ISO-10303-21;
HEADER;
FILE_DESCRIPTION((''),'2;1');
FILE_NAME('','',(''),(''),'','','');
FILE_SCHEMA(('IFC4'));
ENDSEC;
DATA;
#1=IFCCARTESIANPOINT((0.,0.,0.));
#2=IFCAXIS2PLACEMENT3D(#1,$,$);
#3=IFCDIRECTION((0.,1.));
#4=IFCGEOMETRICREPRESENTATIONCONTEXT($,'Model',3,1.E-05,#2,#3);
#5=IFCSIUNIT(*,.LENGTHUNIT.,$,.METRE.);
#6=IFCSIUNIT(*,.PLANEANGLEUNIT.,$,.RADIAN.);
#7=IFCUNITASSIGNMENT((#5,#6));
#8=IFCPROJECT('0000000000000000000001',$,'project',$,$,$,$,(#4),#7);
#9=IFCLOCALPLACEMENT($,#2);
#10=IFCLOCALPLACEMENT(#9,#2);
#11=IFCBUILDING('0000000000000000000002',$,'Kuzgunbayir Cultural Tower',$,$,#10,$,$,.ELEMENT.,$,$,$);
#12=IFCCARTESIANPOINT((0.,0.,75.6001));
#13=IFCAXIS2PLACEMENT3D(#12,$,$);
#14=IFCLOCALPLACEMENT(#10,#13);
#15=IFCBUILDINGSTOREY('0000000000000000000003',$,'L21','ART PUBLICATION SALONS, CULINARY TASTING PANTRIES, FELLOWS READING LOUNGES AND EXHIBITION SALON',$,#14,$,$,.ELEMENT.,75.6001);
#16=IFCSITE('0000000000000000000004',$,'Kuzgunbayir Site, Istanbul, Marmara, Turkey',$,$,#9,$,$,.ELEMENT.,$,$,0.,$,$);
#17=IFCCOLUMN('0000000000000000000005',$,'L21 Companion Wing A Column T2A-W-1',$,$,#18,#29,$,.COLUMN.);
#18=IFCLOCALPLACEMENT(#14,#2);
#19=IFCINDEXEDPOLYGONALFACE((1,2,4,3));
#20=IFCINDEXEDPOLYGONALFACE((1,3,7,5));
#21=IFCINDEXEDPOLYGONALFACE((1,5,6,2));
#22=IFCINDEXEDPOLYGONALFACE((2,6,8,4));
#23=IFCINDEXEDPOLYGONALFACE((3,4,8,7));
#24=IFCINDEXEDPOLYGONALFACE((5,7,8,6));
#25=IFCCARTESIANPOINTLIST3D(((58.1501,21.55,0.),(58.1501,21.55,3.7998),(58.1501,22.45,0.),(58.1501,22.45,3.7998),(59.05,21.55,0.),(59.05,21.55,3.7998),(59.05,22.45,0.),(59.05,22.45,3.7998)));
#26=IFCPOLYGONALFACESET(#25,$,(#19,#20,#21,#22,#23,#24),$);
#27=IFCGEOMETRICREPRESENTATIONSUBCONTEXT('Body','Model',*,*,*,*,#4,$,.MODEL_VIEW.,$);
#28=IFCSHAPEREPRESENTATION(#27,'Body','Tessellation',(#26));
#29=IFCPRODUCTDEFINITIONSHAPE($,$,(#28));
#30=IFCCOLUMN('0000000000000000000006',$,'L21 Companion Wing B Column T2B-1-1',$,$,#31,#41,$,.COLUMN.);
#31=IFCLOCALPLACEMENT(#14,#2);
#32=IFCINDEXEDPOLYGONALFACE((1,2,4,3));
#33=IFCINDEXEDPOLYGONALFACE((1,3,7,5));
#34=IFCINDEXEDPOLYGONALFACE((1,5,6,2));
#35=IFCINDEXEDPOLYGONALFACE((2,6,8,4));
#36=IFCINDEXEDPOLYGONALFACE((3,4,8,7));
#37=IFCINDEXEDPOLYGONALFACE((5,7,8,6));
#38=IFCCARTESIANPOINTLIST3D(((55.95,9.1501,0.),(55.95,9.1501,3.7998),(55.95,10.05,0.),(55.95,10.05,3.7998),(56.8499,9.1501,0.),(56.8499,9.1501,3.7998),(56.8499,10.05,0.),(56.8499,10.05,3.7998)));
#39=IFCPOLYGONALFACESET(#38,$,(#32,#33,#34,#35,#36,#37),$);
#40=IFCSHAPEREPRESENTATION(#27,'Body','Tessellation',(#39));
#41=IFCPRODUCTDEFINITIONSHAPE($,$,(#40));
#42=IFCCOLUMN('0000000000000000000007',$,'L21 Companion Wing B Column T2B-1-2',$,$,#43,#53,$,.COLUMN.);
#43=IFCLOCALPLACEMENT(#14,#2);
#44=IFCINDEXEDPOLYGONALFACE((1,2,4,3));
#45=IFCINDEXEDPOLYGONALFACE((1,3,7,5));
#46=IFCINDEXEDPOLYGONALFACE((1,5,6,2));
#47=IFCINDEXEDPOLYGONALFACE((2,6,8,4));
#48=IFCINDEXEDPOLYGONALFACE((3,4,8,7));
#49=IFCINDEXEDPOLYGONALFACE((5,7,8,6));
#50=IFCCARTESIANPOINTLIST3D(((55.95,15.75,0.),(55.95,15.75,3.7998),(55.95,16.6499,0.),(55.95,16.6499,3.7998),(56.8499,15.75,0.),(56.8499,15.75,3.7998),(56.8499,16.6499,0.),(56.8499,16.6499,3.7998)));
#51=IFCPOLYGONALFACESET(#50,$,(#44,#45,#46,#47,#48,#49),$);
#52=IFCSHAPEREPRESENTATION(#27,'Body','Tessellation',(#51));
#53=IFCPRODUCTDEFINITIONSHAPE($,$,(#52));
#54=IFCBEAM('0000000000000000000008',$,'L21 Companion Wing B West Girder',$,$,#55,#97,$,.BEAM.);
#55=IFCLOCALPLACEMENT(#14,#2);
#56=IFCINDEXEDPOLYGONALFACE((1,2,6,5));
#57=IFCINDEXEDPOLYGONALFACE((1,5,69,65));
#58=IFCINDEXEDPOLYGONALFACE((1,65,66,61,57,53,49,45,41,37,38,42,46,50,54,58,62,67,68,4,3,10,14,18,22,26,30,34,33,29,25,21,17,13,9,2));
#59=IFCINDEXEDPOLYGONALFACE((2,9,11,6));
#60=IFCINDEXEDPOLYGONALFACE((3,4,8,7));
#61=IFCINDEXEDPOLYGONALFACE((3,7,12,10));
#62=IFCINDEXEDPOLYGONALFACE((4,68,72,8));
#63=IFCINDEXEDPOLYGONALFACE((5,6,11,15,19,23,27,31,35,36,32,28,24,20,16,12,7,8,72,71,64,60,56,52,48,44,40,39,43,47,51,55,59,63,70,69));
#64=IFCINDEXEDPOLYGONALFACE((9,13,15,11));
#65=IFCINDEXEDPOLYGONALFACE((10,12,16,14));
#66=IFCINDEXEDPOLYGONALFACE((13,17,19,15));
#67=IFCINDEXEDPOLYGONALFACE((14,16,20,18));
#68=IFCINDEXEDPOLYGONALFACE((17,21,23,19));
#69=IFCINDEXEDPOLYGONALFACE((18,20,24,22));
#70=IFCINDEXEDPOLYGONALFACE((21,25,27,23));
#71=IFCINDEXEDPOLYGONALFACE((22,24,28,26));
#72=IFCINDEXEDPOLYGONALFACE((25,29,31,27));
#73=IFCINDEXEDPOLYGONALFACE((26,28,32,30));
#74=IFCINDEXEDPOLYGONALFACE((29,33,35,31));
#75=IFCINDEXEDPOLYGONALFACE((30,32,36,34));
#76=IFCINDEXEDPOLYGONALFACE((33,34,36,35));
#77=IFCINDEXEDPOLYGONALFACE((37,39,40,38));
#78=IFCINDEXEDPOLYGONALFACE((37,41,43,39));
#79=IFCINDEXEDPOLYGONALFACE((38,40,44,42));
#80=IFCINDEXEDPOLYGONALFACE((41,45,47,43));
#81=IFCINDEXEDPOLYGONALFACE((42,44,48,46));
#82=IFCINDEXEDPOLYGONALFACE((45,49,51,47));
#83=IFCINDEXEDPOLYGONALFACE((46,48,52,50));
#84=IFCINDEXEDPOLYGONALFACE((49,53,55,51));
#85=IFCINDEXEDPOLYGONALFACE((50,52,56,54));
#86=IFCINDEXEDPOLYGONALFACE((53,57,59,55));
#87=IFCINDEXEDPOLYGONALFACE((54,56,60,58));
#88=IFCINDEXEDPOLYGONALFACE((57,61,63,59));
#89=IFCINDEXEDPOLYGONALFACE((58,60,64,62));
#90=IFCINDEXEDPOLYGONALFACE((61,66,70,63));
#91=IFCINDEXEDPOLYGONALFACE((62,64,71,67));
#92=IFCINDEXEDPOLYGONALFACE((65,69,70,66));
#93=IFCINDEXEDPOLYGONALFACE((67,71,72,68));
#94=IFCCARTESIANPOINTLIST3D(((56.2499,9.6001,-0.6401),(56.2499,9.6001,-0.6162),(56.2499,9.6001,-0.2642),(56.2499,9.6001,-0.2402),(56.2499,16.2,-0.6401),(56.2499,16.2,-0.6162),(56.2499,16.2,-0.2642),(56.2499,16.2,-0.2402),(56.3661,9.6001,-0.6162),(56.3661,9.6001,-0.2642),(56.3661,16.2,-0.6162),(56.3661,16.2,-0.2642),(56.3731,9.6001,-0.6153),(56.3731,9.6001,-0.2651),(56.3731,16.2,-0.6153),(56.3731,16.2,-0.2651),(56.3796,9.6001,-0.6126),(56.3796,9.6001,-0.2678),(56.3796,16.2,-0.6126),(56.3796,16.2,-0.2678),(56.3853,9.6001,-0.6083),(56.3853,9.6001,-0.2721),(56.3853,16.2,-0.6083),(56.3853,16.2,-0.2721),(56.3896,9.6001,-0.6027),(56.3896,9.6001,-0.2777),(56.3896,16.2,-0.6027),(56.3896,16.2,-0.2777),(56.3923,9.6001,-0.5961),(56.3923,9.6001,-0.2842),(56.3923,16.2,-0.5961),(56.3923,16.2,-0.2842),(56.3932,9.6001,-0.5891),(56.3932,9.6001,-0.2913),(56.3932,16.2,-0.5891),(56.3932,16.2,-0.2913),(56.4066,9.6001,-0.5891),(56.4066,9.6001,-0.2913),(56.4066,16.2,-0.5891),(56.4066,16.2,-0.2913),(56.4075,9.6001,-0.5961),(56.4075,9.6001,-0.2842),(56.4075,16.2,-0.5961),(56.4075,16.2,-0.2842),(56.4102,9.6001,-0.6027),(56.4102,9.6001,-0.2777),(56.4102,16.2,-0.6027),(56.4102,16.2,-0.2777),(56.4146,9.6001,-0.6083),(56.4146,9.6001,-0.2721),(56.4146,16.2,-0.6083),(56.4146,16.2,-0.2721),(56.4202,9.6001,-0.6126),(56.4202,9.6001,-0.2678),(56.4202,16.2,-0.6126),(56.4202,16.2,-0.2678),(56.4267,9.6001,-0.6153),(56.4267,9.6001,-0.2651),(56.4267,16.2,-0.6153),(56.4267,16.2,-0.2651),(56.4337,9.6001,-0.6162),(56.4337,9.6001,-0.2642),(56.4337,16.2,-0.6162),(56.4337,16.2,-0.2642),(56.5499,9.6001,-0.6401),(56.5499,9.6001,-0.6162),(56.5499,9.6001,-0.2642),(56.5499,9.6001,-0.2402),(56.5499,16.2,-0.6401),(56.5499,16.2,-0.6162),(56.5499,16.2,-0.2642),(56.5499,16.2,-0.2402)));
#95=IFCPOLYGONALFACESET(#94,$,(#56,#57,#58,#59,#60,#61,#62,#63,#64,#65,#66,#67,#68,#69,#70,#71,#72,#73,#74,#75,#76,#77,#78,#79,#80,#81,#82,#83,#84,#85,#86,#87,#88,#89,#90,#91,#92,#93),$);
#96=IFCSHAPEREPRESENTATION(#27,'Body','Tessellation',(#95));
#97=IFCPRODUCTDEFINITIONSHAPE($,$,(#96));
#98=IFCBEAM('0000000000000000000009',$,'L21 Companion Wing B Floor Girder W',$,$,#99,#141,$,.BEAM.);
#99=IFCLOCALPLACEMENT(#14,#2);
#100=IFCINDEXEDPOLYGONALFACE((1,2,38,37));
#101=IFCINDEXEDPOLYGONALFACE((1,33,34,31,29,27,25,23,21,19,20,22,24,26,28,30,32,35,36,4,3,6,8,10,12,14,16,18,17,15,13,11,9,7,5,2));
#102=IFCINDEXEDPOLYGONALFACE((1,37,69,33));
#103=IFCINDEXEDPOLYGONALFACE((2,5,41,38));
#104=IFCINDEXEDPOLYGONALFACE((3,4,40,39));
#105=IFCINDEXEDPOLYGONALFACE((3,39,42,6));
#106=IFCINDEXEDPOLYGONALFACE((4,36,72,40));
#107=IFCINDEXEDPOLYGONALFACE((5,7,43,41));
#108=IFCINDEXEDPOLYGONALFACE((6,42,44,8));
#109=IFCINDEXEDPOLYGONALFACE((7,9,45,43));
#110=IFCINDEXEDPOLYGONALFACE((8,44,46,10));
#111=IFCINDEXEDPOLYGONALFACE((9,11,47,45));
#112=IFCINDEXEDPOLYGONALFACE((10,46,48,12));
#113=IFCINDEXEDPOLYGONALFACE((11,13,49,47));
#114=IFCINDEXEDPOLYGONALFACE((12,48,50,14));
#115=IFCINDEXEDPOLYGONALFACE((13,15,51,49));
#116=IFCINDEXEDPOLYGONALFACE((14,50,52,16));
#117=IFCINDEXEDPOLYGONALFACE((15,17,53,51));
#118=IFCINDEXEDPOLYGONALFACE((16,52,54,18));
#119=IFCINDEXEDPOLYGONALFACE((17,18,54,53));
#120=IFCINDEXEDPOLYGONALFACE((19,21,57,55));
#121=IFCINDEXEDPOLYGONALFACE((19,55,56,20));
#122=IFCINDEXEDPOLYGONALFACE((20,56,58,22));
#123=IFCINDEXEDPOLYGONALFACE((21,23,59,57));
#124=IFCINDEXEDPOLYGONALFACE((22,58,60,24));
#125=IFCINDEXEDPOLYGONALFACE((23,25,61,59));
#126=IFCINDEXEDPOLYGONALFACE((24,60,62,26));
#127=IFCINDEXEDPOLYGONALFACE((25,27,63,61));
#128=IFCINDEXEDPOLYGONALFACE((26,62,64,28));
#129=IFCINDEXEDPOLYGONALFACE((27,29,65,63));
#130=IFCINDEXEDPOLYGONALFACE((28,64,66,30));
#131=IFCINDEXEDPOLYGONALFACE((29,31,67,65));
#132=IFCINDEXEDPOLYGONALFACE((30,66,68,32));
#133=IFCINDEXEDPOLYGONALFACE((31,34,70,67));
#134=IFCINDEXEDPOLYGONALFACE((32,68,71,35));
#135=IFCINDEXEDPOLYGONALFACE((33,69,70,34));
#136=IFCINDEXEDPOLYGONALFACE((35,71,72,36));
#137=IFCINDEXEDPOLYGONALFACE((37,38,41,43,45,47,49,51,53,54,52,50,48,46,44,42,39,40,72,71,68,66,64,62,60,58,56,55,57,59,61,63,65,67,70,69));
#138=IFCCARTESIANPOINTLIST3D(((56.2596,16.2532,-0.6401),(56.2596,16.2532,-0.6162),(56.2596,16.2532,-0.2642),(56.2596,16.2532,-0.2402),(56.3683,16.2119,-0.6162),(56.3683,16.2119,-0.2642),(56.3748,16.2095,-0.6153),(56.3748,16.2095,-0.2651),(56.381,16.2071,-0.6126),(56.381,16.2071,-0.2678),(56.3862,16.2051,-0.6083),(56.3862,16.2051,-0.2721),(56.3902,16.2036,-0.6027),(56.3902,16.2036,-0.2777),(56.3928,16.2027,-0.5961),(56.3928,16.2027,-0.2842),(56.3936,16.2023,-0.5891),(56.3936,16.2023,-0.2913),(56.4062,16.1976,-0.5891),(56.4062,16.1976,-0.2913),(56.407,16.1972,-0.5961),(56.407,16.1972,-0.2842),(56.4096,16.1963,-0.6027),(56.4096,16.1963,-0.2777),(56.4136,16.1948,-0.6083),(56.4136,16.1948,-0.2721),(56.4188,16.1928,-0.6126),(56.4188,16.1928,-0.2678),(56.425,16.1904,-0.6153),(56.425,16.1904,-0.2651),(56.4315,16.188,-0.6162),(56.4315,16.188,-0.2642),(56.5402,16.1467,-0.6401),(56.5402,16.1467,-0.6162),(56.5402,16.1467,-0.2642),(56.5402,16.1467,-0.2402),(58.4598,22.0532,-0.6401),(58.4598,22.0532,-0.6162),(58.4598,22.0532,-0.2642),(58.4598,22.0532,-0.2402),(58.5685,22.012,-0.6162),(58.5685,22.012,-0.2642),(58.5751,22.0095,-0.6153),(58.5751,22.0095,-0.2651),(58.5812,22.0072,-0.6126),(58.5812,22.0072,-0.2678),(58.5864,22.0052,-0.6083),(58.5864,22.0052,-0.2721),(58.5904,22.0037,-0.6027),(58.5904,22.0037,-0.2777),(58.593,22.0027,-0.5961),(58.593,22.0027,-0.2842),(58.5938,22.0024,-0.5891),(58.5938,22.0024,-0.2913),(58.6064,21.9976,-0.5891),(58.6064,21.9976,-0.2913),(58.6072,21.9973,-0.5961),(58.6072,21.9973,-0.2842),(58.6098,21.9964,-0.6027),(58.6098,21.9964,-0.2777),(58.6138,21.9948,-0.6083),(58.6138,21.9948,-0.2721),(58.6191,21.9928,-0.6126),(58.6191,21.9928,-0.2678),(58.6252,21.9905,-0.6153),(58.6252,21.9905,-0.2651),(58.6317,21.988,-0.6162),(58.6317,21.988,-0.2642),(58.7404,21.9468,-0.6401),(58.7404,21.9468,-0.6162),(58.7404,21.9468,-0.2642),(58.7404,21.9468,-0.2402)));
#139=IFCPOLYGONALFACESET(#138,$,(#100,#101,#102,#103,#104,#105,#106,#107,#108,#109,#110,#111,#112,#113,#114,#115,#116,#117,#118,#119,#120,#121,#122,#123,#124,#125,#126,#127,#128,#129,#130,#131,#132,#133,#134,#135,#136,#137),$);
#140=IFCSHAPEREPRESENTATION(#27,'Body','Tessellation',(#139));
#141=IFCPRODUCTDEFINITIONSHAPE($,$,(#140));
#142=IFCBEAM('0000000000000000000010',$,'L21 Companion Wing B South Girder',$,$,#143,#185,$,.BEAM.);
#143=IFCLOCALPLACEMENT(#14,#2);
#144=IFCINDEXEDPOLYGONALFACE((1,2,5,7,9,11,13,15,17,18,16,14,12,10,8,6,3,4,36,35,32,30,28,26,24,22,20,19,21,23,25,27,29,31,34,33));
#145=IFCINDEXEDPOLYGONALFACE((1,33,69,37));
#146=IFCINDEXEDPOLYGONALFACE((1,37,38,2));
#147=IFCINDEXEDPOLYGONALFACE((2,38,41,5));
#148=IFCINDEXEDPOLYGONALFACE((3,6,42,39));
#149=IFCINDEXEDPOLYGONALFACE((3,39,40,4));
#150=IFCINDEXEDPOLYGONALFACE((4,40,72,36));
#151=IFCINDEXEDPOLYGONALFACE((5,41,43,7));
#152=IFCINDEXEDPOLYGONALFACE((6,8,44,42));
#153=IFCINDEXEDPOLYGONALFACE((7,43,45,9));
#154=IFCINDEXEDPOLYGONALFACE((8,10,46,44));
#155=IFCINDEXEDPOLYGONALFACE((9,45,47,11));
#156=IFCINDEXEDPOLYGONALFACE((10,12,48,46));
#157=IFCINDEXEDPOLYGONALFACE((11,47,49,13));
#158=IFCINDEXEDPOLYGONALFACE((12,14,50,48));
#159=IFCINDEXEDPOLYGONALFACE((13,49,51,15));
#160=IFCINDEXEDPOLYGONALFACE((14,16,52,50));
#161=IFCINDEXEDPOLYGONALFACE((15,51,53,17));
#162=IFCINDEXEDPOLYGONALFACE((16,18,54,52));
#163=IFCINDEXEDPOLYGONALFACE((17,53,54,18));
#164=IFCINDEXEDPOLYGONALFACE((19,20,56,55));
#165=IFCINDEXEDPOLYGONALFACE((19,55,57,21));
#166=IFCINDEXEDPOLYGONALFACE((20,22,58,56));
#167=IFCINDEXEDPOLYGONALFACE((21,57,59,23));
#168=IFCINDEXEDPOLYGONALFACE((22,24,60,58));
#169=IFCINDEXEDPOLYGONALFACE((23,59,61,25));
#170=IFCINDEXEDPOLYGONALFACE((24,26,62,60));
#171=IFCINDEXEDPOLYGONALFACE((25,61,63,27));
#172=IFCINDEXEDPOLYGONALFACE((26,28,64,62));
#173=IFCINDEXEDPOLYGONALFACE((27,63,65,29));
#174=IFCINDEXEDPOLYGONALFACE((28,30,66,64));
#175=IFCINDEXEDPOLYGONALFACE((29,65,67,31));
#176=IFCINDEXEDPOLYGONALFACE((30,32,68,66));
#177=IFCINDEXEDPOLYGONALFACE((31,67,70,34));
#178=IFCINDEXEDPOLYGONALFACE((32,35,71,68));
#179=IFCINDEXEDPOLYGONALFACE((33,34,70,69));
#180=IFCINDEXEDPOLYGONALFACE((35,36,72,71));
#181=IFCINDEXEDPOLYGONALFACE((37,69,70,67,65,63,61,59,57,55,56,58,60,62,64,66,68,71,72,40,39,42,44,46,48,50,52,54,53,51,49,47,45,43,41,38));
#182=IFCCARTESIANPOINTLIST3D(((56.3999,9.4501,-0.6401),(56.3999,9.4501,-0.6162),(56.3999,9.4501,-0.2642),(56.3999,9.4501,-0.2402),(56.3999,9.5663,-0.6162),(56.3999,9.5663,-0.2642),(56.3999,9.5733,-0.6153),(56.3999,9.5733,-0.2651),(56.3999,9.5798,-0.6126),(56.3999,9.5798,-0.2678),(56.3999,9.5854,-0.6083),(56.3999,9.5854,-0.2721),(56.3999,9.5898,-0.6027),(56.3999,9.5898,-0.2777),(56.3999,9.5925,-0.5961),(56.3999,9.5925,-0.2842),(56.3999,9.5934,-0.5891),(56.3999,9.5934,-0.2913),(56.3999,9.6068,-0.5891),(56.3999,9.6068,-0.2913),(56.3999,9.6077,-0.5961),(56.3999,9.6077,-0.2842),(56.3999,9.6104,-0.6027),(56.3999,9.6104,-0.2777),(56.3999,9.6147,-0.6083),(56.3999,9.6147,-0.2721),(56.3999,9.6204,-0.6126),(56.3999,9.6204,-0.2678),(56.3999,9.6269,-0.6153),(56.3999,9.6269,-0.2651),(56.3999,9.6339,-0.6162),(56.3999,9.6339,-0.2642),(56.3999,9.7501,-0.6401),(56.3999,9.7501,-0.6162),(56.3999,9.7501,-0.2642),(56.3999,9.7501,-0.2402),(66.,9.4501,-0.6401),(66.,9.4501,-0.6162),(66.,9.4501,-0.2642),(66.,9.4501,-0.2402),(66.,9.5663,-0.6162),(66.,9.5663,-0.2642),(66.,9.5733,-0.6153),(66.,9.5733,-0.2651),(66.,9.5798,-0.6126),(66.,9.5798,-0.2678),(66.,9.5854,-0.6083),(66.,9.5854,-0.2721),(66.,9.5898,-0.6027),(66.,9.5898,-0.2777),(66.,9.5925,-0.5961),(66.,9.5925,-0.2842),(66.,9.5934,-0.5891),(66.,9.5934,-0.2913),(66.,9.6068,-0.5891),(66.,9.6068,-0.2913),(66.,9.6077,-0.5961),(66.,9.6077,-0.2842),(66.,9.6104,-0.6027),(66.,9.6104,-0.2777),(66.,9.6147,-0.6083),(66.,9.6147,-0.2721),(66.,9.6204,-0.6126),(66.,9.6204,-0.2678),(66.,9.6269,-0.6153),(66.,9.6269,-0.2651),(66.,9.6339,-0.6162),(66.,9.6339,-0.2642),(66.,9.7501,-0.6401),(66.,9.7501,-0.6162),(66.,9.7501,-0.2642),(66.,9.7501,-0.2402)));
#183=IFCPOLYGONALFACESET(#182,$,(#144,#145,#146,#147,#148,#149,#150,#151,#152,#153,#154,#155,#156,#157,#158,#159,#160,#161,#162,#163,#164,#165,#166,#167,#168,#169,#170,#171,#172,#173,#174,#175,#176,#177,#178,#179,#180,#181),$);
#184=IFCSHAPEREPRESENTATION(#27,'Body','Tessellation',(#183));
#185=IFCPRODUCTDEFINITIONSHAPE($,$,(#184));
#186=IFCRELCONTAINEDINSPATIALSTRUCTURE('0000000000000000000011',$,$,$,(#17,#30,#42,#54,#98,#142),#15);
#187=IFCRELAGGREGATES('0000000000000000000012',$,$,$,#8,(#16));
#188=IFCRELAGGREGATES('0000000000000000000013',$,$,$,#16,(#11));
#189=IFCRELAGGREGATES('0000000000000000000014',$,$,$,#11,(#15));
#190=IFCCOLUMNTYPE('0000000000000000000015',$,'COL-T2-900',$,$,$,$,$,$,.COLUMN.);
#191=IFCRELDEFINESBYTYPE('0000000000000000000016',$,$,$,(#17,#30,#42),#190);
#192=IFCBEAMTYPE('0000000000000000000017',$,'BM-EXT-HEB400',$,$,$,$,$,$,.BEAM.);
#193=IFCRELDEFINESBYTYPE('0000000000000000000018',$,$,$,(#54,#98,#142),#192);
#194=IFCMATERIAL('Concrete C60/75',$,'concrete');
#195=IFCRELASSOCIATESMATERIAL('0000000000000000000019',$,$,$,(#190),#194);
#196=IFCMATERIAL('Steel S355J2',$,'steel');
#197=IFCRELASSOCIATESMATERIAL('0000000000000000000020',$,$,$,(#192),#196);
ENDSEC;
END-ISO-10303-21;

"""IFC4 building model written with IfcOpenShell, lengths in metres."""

from ifc_helpers import new_model, si_unit, direction, frame, origin, origin_2d, place, context, subcontext, project, spatial, rectangle, i_section, extrude, material, material_profile, profile_set, type_object, element, save


model = new_model("IFC4")

# Units and contexts
model_context = context("Model", 3, precision=1e-05, world=origin(), true_north=direction((0.0, 1.0)))
body_context = subcontext(model_context, "Body", "Model", "MODEL_VIEW")
ifc_project = project(units=[si_unit("LENGTHUNIT", "METRE"), si_unit("PLANEANGLEUNIT", "RADIAN")], contexts=[model_context])

# Site, building, storey
site_placement = place(None, origin())
site = spatial("IfcSite", under=ifc_project, at=site_placement, Name="Kuzgunbayir Site, Istanbul, Marmara, Turkey", CompositionType="ELEMENT", RefElevation=0.0)
building_placement = place(site_placement, origin())
building = spatial("IfcBuilding", under=site, at=building_placement, Name="Kuzgunbayir Cultural Tower", CompositionType="ELEMENT")
storey_placement = place(building_placement, frame((0.0, 0.0, 75.6001)))
storey = spatial("IfcBuildingStorey", under=building, at=storey_placement, Name="L21", Description="ART PUBLICATION SALONS, CULINARY TASTING PANTRIES, FELLOWS READING LOUNGES AND EXHIBITION SALON", CompositionType="ELEMENT", Elevation=75.6001)

# Columns
ifc_material_1 = material(Name="Concrete C60/75", Category="concrete")
ifc_material_profile_1 = material_profile(ifc_material_1, rectangle(XDim=0.8999, YDim=0.8999, at=origin_2d()), Name="RC 900x900")
ifc_profile_set_1 = profile_set([ifc_material_profile_1], Name="Concrete C60/75")
column_type = type_object("IfcColumnType", Name="COL-T2-900", PredefinedType="COLUMN", material=ifc_profile_set_1)
for number, where, z_axis, x_axis, name in (
    (1, (58.6001, 22.0, 0.0), (0.0, 0.0, 1.0), (1.0, 0.0, 0.0), "L21 Companion Wing A Column T2A-W-1"),
    (2, (56.3999, 9.6001, 0.0), (0.0, 0.0, 1.0), (1.0, 0.0, 0.0), "L21 Companion Wing B Column T2B-1-1"),
    (3, (56.3999, 16.2, 0.0), (0.0, 0.0, 1.0), (1.0, 0.0, 0.0), "L21 Companion Wing B Column T2B-1-2"),
):
    element("IfcColumn", number, at=place(storey_placement, frame(where, z_axis=z_axis, x_axis=x_axis)), inside=storey, type_object=column_type, Name=name, PredefinedType="COLUMN", context=body_context, shape_type="SweptSolid", body=[
        extrude(rectangle(XDim=0.8999, YDim=0.8999, at=origin_2d()), origin(), (0.0, 0.0, 1.0), 3.7998),
    ])

# Beams
ifc_material_2 = material(Name="Steel S355J2", Category="steel")
ifc_material_profile_2 = material_profile(ifc_material_2, i_section(OverallWidth=0.3, OverallDepth=0.3999, WebThickness=0.0134, FlangeThickness=0.0239, FilletRadius=0.0271, at=origin_2d()), Name="HEB 400")
ifc_profile_set_2 = profile_set([ifc_material_profile_2], Name="Steel S355J2")
beam_type_1 = type_object("IfcBeamType", Name="BM-EXT-HEB400", PredefinedType="BEAM", material=ifc_profile_set_2)
beam_1_placement = place(storey_placement, frame((56.3999, 9.6001, -0.4402), z_axis=(0.0, 1.0, 0.0), x_axis=(-1.0, 0.0, 0.0)))
element("IfcBeam", 4, at=beam_1_placement, inside=storey, type_object=beam_type_1, Name="L21 Companion Wing B West Girder", PredefinedType="BEAM", context=body_context, shape_type="SweptSolid", body=[
    extrude(i_section(OverallWidth=0.3, OverallDepth=0.3999, WebThickness=0.0134, FlangeThickness=0.0239, FilletRadius=0.0271, at=origin_2d()), origin(), (0.0, 0.0, 1.0), 6.5999),
])
beam_2_placement = place(storey_placement, frame((56.3999, 16.2, -0.4402), z_axis=(0.354679, 0.934988, 0.0), x_axis=(-0.934988, 0.354679, 0.0)))
element("IfcBeam", 5, at=beam_2_placement, inside=storey, type_object=beam_type_1, Name="L21 Companion Wing B Floor Girder W", PredefinedType="BEAM", context=body_context, shape_type="SweptSolid", body=[
    extrude(i_section(OverallWidth=0.3, OverallDepth=0.3999, WebThickness=0.0134, FlangeThickness=0.0239, FilletRadius=0.0271, at=origin_2d()), origin(), (0.0, 0.0, 1.0), 6.2034),
])
beam_3_placement = place(storey_placement, frame((56.3999, 9.6001, -0.4402), z_axis=(1.0, 0.0, 0.0), x_axis=(0.0, 1.0, 0.0)))
element("IfcBeam", 6, at=beam_3_placement, inside=storey, type_object=beam_type_1, Name="L21 Companion Wing B South Girder", PredefinedType="BEAM", context=body_context, shape_type="SweptSolid", body=[
    extrude(i_section(OverallWidth=0.3, OverallDepth=0.3999, WebThickness=0.0134, FlangeThickness=0.0239, FilletRadius=0.0271, at=origin_2d()), origin(), (0.0, 0.0, 1.0), 9.6001),
])

save(model, "model.ifc")
